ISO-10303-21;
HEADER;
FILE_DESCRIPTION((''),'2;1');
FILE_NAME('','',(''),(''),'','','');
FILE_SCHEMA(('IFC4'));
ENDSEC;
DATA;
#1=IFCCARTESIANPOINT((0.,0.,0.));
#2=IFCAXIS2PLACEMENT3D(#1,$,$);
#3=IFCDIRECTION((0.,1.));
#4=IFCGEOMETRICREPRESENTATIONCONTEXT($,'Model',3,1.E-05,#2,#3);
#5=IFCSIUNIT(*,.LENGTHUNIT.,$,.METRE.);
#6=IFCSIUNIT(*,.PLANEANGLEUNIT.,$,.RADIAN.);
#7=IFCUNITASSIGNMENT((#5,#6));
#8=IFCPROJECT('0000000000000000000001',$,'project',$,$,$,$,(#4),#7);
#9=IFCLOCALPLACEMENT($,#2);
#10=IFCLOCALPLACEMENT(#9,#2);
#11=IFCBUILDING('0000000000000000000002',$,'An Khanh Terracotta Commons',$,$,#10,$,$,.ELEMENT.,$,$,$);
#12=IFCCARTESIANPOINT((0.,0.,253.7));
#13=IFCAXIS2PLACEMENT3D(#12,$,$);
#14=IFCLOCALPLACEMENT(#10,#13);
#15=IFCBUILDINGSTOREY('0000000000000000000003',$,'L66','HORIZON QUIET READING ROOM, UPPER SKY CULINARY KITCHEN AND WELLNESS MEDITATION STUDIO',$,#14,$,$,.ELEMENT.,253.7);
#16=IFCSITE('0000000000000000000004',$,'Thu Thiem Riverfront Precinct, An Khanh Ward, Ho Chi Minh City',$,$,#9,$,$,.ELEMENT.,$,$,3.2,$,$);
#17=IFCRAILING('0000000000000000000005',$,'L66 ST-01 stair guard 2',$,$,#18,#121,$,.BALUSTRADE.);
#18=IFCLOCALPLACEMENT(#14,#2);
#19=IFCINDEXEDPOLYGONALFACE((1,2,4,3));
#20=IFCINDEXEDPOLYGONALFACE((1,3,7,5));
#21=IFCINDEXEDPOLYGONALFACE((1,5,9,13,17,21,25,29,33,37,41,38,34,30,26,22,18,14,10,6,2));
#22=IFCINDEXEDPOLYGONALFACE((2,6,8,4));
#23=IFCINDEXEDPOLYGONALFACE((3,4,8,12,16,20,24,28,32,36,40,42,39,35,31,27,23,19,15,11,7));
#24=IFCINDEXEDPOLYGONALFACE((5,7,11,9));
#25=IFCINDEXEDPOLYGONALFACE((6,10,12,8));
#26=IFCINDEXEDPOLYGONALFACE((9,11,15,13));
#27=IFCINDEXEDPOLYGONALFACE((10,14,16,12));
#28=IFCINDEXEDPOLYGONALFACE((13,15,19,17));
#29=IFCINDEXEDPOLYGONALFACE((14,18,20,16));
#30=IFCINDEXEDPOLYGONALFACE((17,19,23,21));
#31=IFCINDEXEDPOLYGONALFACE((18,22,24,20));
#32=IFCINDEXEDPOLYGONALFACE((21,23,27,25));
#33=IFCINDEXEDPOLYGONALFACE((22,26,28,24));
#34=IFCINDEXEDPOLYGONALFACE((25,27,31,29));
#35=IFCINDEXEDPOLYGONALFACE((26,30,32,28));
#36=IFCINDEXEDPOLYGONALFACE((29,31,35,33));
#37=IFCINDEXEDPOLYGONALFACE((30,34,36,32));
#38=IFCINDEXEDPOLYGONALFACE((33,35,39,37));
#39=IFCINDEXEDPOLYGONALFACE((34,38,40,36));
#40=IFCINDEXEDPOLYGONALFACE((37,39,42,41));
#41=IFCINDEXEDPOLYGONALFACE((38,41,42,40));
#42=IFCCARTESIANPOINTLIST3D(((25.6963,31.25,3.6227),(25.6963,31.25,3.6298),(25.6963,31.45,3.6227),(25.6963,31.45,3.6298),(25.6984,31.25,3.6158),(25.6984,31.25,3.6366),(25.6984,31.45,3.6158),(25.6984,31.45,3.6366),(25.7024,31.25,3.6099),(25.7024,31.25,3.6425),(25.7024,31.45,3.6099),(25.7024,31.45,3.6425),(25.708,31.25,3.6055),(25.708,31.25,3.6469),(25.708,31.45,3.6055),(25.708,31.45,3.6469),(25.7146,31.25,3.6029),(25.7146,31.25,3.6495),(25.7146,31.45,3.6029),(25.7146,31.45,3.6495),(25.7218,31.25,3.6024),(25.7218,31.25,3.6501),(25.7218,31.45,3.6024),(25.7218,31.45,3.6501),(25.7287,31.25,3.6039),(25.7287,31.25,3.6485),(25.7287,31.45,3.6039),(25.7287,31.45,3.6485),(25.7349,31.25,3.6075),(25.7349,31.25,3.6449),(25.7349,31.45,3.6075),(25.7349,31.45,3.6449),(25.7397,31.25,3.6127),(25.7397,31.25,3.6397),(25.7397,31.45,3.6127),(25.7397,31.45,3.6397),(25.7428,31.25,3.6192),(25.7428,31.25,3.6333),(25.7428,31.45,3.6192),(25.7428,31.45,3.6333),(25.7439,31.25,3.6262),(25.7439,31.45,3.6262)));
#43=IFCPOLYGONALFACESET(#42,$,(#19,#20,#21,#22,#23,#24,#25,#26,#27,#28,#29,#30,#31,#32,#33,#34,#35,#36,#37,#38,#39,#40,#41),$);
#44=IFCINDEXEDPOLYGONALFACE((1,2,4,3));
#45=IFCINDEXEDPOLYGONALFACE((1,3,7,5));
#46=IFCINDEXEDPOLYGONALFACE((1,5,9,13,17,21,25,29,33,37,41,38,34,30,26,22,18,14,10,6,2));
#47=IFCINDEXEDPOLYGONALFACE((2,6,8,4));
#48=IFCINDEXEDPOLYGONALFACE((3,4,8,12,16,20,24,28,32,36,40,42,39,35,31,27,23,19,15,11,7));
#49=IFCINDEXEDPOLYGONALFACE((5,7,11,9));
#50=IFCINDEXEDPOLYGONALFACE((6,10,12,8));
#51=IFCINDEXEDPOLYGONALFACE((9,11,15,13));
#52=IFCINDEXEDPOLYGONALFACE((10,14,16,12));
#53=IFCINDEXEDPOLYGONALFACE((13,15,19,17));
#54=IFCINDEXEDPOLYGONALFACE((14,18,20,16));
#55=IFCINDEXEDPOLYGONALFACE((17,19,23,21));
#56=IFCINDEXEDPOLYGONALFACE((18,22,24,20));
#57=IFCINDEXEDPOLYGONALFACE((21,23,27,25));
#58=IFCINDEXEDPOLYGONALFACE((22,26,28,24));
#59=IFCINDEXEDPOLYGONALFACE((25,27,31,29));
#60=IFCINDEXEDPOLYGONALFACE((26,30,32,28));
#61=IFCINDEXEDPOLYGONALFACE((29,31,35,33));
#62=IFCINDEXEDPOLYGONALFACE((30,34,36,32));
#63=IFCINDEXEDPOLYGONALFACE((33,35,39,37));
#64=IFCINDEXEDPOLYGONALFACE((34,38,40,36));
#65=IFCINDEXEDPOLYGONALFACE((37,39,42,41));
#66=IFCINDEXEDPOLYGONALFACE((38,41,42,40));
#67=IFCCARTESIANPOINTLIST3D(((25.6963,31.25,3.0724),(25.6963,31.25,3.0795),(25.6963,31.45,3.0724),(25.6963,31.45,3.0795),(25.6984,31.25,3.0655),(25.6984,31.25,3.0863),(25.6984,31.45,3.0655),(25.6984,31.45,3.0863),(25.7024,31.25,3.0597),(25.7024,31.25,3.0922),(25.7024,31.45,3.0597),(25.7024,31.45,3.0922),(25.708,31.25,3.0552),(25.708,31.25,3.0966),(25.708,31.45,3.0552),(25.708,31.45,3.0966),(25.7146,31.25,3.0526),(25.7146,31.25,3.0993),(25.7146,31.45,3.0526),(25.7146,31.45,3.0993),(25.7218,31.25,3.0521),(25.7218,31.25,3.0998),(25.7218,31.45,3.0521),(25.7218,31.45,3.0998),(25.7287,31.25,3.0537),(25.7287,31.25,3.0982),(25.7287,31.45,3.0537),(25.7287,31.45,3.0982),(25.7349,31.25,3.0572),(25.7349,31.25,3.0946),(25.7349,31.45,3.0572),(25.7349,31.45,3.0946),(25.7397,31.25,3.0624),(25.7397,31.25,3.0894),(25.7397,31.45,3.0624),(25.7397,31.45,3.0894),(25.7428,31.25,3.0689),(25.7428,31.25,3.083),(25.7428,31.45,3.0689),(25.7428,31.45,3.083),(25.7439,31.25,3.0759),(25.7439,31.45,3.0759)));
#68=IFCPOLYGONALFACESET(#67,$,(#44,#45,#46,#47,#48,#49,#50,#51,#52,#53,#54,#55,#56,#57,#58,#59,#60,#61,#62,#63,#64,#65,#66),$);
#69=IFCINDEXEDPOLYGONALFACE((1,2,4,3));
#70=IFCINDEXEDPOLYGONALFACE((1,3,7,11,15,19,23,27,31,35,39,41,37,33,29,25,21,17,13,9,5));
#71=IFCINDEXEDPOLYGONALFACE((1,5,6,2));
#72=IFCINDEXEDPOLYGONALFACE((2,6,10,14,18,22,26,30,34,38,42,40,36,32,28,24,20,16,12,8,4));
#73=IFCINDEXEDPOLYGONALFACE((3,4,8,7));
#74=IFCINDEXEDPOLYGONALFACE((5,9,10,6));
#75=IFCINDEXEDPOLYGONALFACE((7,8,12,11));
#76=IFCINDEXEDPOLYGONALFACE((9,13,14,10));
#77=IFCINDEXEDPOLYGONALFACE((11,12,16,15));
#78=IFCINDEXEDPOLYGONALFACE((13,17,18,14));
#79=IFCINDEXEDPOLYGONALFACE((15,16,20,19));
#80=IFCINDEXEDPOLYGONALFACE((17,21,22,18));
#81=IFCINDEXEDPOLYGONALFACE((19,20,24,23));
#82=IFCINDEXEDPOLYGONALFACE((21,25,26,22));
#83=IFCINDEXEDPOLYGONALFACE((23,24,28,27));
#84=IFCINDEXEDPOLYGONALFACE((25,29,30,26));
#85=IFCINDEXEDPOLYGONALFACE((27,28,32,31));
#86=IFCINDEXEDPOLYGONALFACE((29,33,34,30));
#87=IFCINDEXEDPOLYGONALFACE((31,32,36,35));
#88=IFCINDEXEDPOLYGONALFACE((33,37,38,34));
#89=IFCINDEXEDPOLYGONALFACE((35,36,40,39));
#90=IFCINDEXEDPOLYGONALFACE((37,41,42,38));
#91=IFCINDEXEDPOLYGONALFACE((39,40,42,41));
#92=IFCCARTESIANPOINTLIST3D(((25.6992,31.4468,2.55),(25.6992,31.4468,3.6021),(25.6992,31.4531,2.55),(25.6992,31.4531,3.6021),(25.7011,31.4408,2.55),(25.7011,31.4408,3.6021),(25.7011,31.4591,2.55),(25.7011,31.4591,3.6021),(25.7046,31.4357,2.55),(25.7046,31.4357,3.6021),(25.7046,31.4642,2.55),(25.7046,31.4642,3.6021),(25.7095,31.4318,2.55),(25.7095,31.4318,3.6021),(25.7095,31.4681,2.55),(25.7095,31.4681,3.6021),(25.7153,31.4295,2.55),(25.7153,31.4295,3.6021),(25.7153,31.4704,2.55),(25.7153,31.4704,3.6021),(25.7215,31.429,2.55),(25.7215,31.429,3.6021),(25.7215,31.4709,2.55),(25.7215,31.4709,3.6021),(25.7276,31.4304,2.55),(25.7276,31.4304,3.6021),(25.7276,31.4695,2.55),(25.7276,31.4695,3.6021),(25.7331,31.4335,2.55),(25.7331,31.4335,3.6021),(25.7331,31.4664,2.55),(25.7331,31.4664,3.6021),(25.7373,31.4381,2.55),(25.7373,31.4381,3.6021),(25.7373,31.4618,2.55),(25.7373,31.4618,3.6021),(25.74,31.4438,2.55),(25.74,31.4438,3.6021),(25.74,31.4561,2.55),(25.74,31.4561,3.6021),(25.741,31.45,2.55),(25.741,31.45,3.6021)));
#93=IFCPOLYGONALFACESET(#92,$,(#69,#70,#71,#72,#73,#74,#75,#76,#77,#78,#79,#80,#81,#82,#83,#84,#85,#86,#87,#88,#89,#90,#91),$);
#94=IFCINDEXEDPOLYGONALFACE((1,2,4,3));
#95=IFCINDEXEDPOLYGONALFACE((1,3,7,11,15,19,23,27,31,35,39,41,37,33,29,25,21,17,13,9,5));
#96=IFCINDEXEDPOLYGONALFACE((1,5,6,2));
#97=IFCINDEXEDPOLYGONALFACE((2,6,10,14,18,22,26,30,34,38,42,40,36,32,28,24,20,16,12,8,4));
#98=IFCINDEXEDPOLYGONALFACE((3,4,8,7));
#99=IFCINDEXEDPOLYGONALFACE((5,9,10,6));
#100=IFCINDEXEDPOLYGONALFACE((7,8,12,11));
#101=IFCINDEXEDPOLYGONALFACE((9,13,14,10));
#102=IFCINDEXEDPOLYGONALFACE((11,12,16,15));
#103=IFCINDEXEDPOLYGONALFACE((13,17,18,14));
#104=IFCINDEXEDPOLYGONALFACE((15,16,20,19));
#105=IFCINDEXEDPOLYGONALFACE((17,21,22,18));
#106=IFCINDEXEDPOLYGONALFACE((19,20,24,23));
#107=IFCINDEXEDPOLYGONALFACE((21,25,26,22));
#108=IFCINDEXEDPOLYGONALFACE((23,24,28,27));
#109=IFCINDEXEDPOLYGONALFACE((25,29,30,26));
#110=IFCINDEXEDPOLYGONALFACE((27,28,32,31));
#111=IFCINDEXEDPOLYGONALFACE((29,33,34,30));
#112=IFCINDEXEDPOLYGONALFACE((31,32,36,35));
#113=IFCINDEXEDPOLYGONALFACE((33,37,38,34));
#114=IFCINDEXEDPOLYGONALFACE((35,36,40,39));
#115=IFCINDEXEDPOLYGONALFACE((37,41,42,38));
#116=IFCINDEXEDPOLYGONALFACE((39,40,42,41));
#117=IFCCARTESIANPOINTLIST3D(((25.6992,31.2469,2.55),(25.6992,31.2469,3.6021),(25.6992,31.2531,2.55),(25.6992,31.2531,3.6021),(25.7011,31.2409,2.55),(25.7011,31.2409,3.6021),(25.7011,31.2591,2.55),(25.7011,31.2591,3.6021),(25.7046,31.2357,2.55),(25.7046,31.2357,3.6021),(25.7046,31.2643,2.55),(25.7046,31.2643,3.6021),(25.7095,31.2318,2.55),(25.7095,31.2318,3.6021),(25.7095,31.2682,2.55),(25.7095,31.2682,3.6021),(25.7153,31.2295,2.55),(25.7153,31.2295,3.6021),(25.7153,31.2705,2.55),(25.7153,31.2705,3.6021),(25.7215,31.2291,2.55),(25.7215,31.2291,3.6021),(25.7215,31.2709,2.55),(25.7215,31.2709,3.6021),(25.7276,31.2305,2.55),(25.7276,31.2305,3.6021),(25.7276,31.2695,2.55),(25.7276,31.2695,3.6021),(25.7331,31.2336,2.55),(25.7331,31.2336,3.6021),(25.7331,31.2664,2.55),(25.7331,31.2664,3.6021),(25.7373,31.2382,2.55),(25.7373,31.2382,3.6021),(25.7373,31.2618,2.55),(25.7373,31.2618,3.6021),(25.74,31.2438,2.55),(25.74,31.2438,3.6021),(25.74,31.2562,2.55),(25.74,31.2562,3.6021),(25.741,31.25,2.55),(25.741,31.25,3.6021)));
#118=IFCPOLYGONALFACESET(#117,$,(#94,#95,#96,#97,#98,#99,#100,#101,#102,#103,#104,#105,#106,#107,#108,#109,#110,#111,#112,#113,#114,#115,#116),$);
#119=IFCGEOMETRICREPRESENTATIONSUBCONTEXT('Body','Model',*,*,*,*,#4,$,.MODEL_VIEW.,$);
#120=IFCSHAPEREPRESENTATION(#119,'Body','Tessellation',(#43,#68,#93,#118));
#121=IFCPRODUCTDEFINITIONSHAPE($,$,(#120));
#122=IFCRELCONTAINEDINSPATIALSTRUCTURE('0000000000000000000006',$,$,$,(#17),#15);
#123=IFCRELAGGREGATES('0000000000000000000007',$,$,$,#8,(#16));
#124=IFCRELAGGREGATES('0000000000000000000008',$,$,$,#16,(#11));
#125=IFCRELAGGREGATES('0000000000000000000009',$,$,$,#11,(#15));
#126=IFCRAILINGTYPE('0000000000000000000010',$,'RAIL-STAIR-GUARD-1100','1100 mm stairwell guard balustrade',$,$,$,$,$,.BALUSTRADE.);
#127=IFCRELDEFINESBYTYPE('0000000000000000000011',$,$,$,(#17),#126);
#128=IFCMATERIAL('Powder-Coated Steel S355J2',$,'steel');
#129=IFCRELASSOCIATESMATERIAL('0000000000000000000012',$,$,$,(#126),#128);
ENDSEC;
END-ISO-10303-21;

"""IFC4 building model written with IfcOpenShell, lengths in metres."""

from ifc_helpers import new_model, si_unit, direction, frame, origin, origin_2d, place, context, subcontext, project, spatial, circle, extrude, material, type_object, element, save


model = new_model("IFC4")

# Units and contexts
model_context = context("Model", 3, precision=1e-05, world=origin(), true_north=direction((0.0, 1.0)))
body_context = subcontext(model_context, "Body", "Model", "MODEL_VIEW")
ifc_project = project(units=[si_unit("LENGTHUNIT", "METRE"), si_unit("PLANEANGLEUNIT", "RADIAN")], contexts=[model_context])

# Site, building, storey
site_placement = place(None, origin())
site = spatial("IfcSite", under=ifc_project, at=site_placement, Name="Thu Thiem Riverfront Precinct, An Khanh Ward, Ho Chi Minh City", CompositionType="ELEMENT", RefElevation=3.2)
building_placement = place(site_placement, origin())
building = spatial("IfcBuilding", under=site, at=building_placement, Name="An Khanh Terracotta Commons", CompositionType="ELEMENT")
storey_placement = place(building_placement, frame((0.0, 0.0, 253.7)))
storey = spatial("IfcBuildingStorey", under=building, at=storey_placement, Name="L66", Description="HORIZON QUIET READING ROOM, UPPER SKY CULINARY KITCHEN AND WELLNESS MEDITATION STUDIO", CompositionType="ELEMENT", Elevation=253.7)

# Railing
ifc_material_1 = material(Name="Powder-Coated Steel S355J2", Category="steel")
railing_type_1 = type_object("IfcRailingType", Name="RAIL-STAIR-GUARD-1100", Description="1100 mm stairwell guard balustrade", PredefinedType="BALUSTRADE", material=ifc_material_1)
railing_1_placement = place(storey_placement, frame((25.72, 31.45, 2.55)))
element("IfcRailing", 1, at=railing_1_placement, inside=storey, type_object=railing_type_1, Name="L66 ST-01 stair guard 2", PredefinedType="BALUSTRADE", context=body_context, shape_type="SweptSolid", body=[
    extrude(circle(Radius=0.0239, at=origin_2d()), frame((0.0, 0.0, 1.0762), z_axis=(0.0, -1.0, 0.0), x_axis=(1.0, 0.0, 0.0)), (0.0, 0.0, 1.0), 0.2),
    extrude(circle(Radius=0.0239, at=origin_2d()), frame((0.0, 0.0, 0.5259), z_axis=(0.0, -1.0, 0.0), x_axis=(1.0, 0.0, 0.0)), (0.0, 0.0, 1.0), 0.2),
    extrude(circle(Radius=0.021, at=origin_2d()), origin(), (0.0, 0.0, 1.0), 1.052),
    extrude(circle(Radius=0.021, at=origin_2d()), frame((0.0, -0.2, 0.0)), (0.0, 0.0, 1.0), 1.052),
])

save(model, "model.ifc")
